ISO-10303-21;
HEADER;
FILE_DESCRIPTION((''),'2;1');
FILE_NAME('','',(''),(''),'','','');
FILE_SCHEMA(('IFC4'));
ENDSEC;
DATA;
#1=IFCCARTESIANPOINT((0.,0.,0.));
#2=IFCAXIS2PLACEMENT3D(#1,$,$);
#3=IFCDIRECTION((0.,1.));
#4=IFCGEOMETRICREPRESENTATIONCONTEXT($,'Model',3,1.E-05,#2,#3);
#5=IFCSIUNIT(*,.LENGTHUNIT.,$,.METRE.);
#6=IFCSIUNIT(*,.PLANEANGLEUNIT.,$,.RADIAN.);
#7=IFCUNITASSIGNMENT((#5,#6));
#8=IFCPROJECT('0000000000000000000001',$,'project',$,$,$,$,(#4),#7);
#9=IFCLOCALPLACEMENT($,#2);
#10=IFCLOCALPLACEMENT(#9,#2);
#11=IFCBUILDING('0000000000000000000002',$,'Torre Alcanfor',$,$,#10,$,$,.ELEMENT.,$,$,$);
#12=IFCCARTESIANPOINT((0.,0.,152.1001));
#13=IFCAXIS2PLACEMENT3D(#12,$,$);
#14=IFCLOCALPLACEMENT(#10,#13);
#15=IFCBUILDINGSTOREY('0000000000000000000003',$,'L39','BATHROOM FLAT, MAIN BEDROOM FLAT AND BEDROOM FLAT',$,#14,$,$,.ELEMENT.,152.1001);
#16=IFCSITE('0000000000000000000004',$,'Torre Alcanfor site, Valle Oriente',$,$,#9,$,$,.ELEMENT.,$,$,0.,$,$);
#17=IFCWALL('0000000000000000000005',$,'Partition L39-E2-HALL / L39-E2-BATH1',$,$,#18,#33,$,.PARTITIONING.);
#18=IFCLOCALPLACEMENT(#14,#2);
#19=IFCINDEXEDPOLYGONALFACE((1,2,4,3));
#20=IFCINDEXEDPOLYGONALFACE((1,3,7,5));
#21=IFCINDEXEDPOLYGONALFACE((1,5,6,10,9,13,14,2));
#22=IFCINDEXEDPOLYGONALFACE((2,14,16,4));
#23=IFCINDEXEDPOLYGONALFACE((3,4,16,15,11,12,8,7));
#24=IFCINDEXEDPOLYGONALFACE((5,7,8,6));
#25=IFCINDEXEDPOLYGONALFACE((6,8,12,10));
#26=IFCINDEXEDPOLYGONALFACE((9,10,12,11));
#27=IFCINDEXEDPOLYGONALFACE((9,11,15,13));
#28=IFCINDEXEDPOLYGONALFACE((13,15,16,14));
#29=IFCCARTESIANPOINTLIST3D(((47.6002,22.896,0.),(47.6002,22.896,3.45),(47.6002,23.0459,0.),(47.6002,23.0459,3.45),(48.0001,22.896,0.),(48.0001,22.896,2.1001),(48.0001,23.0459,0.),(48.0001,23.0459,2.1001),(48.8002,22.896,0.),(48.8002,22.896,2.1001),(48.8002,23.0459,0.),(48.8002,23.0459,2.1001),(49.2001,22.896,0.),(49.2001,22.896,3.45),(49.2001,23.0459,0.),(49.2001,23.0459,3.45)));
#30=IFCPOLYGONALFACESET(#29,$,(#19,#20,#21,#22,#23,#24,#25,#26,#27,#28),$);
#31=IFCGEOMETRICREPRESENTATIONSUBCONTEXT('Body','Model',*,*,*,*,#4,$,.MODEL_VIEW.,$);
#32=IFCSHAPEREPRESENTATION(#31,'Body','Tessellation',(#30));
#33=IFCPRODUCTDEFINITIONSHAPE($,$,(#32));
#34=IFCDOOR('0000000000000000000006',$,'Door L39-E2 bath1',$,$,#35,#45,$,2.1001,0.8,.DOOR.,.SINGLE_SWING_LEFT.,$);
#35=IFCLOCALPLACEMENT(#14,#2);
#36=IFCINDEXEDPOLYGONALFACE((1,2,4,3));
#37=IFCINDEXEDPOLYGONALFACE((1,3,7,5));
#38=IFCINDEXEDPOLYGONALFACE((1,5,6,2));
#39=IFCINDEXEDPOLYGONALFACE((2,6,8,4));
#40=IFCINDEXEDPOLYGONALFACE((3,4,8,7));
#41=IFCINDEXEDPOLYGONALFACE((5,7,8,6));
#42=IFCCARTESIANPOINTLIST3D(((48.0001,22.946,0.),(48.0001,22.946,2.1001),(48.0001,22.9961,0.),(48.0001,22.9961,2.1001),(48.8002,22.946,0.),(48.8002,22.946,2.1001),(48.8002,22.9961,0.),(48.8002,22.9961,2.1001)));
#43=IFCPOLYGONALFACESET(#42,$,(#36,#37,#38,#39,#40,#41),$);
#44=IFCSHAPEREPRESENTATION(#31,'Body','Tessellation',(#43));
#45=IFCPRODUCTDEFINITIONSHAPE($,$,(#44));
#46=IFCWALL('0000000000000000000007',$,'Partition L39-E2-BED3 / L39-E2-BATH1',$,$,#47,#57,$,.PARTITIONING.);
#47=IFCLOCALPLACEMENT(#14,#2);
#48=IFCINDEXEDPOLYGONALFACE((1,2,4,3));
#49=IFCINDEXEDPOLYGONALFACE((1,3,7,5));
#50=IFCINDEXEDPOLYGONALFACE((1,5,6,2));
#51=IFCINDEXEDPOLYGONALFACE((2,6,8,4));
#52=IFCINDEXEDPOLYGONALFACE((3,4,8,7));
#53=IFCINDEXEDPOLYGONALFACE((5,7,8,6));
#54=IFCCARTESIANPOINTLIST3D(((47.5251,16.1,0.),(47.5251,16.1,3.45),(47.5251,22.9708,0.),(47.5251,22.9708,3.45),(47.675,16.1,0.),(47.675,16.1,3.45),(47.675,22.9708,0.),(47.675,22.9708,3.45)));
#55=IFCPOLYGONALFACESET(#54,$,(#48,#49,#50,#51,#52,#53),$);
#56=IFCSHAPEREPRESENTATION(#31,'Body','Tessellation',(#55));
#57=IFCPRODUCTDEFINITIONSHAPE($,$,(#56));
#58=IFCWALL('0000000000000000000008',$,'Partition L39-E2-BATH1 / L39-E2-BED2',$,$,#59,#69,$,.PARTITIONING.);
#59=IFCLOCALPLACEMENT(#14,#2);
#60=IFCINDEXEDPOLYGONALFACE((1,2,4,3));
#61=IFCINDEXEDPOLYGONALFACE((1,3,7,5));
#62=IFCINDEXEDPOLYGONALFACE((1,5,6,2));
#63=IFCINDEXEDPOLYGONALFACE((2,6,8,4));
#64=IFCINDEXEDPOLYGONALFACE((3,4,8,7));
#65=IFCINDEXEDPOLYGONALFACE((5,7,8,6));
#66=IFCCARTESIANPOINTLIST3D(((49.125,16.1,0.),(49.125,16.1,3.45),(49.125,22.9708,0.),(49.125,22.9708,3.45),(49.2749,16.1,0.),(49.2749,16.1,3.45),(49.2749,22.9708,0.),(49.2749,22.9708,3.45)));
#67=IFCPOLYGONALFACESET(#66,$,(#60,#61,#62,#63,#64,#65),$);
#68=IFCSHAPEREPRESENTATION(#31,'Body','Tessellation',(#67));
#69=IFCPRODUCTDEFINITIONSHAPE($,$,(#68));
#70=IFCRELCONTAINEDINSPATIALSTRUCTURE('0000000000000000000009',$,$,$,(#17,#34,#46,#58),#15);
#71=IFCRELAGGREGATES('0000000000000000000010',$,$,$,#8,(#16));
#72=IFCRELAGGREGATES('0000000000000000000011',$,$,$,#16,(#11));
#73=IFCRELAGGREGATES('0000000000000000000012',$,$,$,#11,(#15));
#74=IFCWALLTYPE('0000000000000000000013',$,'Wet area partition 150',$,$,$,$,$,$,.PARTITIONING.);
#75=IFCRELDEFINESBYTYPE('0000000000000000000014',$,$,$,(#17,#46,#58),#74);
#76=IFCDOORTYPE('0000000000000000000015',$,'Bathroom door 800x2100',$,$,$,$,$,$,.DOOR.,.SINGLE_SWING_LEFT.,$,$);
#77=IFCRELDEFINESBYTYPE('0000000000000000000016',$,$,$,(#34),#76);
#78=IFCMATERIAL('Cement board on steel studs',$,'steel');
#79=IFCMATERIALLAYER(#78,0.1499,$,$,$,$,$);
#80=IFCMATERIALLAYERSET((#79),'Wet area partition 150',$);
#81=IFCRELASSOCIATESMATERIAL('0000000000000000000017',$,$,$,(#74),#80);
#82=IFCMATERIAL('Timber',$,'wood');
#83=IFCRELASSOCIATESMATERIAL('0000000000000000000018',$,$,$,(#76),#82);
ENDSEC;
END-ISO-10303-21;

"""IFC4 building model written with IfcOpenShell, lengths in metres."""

from ifc_helpers import new_model, si_unit, direction, frame, frame_2d, origin, place, context, subcontext, project, spatial, rectangle, extrude, material, layer, layer_set, type_object, element, fill, save


model = new_model("IFC4")

# Units and contexts
model_context = context("Model", 3, precision=1e-05, world=origin(), true_north=direction((0.0, 1.0)))
body_context = subcontext(model_context, "Body", "Model", "MODEL_VIEW")
ifc_project = project(units=[si_unit("LENGTHUNIT", "METRE"), si_unit("PLANEANGLEUNIT", "RADIAN")], contexts=[model_context])

# Site, building, storey
site_placement = place(None, origin())
site = spatial("IfcSite", under=ifc_project, at=site_placement, Name="Torre Alcanfor site, Valle Oriente", CompositionType="ELEMENT", RefElevation=0.0)
building_placement = place(site_placement, origin())
building = spatial("IfcBuilding", under=site, at=building_placement, Name="Torre Alcanfor", CompositionType="ELEMENT")
storey_placement = place(building_placement, frame((0.0, 0.0, 152.1001)))
storey = spatial("IfcBuildingStorey", under=building, at=storey_placement, Name="L39", Description="BATHROOM FLAT, MAIN BEDROOM FLAT AND BEDROOM FLAT", CompositionType="ELEMENT", Elevation=152.1001)

# Wall, opening, door
ifc_material_1 = material(Name="Cement board on steel studs", Category="steel")
ifc_layer_1 = layer(ifc_material_1, 0.1499)
ifc_layer_set_1 = layer_set([ifc_layer_1], Name="Wet area partition 150")
wall_type_1 = type_object("IfcWallType", Name="Wet area partition 150", PredefinedType="PARTITIONING", material=ifc_layer_set_1)
wall_1_placement = place(storey_placement, frame((49.2, 22.9709, 0.0), z_axis=(0.0, 0.0, 1.0), x_axis=(-1.0, 0.0, 0.0)))
wall_1 = element("IfcWall", 1, at=wall_1_placement, inside=storey, type_object=wall_type_1, Name="Partition L39-E2-HALL / L39-E2-BATH1", PredefinedType="PARTITIONING", context=body_context, shape_type="SweptSolid", body=[
    extrude(rectangle(XDim=1.5999, YDim=0.1499, at=frame_2d((0.7998, 0.0))), origin(), (0.0, 0.0, 1.0), 3.45),
])
opening_1_placement = place(wall_1_placement, frame((0.3999, 0.0, 0.0)))
opening_1 = element("IfcOpeningElement", 2, at=opening_1_placement, cuts=wall_1, PredefinedType="OPENING", context=body_context, shape_type="SweptSolid", body=[
    extrude(rectangle(XDim=0.8, YDim=2.1001, at=frame_2d((0.3999, 1.05))), frame((0.0, 0.085, 0.0), z_axis=(0.0, -1.0, 0.0), x_axis=(1.0, 0.0, 0.0)), (0.0, 0.0, 1.0), 0.1699),
])
ifc_material_2 = material(Name="Timber", Category="wood")
door_type_1 = type_object("IfcDoorType", Name="Bathroom door 800x2100", OperationType="SINGLE_SWING_LEFT", PredefinedType="DOOR", material=ifc_material_2)
door_1_placement = place(opening_1_placement, origin())
door_1 = element("IfcDoor", 3, at=door_1_placement, inside=storey, type_object=door_type_1, Name="Door L39-E2 bath1", OperationType="SINGLE_SWING_LEFT", OverallHeight=2.1001, OverallWidth=0.8, PredefinedType="DOOR", context=body_context, shape_type="SweptSolid", body=[
    extrude(rectangle(XDim=0.8, YDim=2.1001, at=frame_2d((0.3999, 1.05))), frame((0.0, 0.0249, 0.0), z_axis=(0.0, -1.0, 0.0), x_axis=(1.0, 0.0, 0.0)), (0.0, 0.0, 1.0), 0.05),
])
fill(opening_1, door_1)

# Walls
for number, where, z_axis, x_axis, name in (
    (4, (47.6001, 22.9709, 0.0), (0.0, 0.0, 1.0), (0.0, -1.0, 0.0), "Partition L39-E2-BED3 / L39-E2-BATH1"),
    (5, (49.2, 22.9709, 0.0), (0.0, 0.0, 1.0), (0.0, -1.0, 0.0), "Partition L39-E2-BATH1 / L39-E2-BED2"),
):
    element("IfcWall", number, at=place(storey_placement, frame(where, z_axis=z_axis, x_axis=x_axis)), inside=storey, type_object=wall_type_1, Name=name, PredefinedType="PARTITIONING", context=body_context, shape_type="SweptSolid", body=[
        extrude(rectangle(XDim=6.8708, YDim=0.1499, at=frame_2d((3.4355, 0.0))), origin(), (0.0, 0.0, 1.0), 3.45),
    ])

save(model, "model.ifc")
